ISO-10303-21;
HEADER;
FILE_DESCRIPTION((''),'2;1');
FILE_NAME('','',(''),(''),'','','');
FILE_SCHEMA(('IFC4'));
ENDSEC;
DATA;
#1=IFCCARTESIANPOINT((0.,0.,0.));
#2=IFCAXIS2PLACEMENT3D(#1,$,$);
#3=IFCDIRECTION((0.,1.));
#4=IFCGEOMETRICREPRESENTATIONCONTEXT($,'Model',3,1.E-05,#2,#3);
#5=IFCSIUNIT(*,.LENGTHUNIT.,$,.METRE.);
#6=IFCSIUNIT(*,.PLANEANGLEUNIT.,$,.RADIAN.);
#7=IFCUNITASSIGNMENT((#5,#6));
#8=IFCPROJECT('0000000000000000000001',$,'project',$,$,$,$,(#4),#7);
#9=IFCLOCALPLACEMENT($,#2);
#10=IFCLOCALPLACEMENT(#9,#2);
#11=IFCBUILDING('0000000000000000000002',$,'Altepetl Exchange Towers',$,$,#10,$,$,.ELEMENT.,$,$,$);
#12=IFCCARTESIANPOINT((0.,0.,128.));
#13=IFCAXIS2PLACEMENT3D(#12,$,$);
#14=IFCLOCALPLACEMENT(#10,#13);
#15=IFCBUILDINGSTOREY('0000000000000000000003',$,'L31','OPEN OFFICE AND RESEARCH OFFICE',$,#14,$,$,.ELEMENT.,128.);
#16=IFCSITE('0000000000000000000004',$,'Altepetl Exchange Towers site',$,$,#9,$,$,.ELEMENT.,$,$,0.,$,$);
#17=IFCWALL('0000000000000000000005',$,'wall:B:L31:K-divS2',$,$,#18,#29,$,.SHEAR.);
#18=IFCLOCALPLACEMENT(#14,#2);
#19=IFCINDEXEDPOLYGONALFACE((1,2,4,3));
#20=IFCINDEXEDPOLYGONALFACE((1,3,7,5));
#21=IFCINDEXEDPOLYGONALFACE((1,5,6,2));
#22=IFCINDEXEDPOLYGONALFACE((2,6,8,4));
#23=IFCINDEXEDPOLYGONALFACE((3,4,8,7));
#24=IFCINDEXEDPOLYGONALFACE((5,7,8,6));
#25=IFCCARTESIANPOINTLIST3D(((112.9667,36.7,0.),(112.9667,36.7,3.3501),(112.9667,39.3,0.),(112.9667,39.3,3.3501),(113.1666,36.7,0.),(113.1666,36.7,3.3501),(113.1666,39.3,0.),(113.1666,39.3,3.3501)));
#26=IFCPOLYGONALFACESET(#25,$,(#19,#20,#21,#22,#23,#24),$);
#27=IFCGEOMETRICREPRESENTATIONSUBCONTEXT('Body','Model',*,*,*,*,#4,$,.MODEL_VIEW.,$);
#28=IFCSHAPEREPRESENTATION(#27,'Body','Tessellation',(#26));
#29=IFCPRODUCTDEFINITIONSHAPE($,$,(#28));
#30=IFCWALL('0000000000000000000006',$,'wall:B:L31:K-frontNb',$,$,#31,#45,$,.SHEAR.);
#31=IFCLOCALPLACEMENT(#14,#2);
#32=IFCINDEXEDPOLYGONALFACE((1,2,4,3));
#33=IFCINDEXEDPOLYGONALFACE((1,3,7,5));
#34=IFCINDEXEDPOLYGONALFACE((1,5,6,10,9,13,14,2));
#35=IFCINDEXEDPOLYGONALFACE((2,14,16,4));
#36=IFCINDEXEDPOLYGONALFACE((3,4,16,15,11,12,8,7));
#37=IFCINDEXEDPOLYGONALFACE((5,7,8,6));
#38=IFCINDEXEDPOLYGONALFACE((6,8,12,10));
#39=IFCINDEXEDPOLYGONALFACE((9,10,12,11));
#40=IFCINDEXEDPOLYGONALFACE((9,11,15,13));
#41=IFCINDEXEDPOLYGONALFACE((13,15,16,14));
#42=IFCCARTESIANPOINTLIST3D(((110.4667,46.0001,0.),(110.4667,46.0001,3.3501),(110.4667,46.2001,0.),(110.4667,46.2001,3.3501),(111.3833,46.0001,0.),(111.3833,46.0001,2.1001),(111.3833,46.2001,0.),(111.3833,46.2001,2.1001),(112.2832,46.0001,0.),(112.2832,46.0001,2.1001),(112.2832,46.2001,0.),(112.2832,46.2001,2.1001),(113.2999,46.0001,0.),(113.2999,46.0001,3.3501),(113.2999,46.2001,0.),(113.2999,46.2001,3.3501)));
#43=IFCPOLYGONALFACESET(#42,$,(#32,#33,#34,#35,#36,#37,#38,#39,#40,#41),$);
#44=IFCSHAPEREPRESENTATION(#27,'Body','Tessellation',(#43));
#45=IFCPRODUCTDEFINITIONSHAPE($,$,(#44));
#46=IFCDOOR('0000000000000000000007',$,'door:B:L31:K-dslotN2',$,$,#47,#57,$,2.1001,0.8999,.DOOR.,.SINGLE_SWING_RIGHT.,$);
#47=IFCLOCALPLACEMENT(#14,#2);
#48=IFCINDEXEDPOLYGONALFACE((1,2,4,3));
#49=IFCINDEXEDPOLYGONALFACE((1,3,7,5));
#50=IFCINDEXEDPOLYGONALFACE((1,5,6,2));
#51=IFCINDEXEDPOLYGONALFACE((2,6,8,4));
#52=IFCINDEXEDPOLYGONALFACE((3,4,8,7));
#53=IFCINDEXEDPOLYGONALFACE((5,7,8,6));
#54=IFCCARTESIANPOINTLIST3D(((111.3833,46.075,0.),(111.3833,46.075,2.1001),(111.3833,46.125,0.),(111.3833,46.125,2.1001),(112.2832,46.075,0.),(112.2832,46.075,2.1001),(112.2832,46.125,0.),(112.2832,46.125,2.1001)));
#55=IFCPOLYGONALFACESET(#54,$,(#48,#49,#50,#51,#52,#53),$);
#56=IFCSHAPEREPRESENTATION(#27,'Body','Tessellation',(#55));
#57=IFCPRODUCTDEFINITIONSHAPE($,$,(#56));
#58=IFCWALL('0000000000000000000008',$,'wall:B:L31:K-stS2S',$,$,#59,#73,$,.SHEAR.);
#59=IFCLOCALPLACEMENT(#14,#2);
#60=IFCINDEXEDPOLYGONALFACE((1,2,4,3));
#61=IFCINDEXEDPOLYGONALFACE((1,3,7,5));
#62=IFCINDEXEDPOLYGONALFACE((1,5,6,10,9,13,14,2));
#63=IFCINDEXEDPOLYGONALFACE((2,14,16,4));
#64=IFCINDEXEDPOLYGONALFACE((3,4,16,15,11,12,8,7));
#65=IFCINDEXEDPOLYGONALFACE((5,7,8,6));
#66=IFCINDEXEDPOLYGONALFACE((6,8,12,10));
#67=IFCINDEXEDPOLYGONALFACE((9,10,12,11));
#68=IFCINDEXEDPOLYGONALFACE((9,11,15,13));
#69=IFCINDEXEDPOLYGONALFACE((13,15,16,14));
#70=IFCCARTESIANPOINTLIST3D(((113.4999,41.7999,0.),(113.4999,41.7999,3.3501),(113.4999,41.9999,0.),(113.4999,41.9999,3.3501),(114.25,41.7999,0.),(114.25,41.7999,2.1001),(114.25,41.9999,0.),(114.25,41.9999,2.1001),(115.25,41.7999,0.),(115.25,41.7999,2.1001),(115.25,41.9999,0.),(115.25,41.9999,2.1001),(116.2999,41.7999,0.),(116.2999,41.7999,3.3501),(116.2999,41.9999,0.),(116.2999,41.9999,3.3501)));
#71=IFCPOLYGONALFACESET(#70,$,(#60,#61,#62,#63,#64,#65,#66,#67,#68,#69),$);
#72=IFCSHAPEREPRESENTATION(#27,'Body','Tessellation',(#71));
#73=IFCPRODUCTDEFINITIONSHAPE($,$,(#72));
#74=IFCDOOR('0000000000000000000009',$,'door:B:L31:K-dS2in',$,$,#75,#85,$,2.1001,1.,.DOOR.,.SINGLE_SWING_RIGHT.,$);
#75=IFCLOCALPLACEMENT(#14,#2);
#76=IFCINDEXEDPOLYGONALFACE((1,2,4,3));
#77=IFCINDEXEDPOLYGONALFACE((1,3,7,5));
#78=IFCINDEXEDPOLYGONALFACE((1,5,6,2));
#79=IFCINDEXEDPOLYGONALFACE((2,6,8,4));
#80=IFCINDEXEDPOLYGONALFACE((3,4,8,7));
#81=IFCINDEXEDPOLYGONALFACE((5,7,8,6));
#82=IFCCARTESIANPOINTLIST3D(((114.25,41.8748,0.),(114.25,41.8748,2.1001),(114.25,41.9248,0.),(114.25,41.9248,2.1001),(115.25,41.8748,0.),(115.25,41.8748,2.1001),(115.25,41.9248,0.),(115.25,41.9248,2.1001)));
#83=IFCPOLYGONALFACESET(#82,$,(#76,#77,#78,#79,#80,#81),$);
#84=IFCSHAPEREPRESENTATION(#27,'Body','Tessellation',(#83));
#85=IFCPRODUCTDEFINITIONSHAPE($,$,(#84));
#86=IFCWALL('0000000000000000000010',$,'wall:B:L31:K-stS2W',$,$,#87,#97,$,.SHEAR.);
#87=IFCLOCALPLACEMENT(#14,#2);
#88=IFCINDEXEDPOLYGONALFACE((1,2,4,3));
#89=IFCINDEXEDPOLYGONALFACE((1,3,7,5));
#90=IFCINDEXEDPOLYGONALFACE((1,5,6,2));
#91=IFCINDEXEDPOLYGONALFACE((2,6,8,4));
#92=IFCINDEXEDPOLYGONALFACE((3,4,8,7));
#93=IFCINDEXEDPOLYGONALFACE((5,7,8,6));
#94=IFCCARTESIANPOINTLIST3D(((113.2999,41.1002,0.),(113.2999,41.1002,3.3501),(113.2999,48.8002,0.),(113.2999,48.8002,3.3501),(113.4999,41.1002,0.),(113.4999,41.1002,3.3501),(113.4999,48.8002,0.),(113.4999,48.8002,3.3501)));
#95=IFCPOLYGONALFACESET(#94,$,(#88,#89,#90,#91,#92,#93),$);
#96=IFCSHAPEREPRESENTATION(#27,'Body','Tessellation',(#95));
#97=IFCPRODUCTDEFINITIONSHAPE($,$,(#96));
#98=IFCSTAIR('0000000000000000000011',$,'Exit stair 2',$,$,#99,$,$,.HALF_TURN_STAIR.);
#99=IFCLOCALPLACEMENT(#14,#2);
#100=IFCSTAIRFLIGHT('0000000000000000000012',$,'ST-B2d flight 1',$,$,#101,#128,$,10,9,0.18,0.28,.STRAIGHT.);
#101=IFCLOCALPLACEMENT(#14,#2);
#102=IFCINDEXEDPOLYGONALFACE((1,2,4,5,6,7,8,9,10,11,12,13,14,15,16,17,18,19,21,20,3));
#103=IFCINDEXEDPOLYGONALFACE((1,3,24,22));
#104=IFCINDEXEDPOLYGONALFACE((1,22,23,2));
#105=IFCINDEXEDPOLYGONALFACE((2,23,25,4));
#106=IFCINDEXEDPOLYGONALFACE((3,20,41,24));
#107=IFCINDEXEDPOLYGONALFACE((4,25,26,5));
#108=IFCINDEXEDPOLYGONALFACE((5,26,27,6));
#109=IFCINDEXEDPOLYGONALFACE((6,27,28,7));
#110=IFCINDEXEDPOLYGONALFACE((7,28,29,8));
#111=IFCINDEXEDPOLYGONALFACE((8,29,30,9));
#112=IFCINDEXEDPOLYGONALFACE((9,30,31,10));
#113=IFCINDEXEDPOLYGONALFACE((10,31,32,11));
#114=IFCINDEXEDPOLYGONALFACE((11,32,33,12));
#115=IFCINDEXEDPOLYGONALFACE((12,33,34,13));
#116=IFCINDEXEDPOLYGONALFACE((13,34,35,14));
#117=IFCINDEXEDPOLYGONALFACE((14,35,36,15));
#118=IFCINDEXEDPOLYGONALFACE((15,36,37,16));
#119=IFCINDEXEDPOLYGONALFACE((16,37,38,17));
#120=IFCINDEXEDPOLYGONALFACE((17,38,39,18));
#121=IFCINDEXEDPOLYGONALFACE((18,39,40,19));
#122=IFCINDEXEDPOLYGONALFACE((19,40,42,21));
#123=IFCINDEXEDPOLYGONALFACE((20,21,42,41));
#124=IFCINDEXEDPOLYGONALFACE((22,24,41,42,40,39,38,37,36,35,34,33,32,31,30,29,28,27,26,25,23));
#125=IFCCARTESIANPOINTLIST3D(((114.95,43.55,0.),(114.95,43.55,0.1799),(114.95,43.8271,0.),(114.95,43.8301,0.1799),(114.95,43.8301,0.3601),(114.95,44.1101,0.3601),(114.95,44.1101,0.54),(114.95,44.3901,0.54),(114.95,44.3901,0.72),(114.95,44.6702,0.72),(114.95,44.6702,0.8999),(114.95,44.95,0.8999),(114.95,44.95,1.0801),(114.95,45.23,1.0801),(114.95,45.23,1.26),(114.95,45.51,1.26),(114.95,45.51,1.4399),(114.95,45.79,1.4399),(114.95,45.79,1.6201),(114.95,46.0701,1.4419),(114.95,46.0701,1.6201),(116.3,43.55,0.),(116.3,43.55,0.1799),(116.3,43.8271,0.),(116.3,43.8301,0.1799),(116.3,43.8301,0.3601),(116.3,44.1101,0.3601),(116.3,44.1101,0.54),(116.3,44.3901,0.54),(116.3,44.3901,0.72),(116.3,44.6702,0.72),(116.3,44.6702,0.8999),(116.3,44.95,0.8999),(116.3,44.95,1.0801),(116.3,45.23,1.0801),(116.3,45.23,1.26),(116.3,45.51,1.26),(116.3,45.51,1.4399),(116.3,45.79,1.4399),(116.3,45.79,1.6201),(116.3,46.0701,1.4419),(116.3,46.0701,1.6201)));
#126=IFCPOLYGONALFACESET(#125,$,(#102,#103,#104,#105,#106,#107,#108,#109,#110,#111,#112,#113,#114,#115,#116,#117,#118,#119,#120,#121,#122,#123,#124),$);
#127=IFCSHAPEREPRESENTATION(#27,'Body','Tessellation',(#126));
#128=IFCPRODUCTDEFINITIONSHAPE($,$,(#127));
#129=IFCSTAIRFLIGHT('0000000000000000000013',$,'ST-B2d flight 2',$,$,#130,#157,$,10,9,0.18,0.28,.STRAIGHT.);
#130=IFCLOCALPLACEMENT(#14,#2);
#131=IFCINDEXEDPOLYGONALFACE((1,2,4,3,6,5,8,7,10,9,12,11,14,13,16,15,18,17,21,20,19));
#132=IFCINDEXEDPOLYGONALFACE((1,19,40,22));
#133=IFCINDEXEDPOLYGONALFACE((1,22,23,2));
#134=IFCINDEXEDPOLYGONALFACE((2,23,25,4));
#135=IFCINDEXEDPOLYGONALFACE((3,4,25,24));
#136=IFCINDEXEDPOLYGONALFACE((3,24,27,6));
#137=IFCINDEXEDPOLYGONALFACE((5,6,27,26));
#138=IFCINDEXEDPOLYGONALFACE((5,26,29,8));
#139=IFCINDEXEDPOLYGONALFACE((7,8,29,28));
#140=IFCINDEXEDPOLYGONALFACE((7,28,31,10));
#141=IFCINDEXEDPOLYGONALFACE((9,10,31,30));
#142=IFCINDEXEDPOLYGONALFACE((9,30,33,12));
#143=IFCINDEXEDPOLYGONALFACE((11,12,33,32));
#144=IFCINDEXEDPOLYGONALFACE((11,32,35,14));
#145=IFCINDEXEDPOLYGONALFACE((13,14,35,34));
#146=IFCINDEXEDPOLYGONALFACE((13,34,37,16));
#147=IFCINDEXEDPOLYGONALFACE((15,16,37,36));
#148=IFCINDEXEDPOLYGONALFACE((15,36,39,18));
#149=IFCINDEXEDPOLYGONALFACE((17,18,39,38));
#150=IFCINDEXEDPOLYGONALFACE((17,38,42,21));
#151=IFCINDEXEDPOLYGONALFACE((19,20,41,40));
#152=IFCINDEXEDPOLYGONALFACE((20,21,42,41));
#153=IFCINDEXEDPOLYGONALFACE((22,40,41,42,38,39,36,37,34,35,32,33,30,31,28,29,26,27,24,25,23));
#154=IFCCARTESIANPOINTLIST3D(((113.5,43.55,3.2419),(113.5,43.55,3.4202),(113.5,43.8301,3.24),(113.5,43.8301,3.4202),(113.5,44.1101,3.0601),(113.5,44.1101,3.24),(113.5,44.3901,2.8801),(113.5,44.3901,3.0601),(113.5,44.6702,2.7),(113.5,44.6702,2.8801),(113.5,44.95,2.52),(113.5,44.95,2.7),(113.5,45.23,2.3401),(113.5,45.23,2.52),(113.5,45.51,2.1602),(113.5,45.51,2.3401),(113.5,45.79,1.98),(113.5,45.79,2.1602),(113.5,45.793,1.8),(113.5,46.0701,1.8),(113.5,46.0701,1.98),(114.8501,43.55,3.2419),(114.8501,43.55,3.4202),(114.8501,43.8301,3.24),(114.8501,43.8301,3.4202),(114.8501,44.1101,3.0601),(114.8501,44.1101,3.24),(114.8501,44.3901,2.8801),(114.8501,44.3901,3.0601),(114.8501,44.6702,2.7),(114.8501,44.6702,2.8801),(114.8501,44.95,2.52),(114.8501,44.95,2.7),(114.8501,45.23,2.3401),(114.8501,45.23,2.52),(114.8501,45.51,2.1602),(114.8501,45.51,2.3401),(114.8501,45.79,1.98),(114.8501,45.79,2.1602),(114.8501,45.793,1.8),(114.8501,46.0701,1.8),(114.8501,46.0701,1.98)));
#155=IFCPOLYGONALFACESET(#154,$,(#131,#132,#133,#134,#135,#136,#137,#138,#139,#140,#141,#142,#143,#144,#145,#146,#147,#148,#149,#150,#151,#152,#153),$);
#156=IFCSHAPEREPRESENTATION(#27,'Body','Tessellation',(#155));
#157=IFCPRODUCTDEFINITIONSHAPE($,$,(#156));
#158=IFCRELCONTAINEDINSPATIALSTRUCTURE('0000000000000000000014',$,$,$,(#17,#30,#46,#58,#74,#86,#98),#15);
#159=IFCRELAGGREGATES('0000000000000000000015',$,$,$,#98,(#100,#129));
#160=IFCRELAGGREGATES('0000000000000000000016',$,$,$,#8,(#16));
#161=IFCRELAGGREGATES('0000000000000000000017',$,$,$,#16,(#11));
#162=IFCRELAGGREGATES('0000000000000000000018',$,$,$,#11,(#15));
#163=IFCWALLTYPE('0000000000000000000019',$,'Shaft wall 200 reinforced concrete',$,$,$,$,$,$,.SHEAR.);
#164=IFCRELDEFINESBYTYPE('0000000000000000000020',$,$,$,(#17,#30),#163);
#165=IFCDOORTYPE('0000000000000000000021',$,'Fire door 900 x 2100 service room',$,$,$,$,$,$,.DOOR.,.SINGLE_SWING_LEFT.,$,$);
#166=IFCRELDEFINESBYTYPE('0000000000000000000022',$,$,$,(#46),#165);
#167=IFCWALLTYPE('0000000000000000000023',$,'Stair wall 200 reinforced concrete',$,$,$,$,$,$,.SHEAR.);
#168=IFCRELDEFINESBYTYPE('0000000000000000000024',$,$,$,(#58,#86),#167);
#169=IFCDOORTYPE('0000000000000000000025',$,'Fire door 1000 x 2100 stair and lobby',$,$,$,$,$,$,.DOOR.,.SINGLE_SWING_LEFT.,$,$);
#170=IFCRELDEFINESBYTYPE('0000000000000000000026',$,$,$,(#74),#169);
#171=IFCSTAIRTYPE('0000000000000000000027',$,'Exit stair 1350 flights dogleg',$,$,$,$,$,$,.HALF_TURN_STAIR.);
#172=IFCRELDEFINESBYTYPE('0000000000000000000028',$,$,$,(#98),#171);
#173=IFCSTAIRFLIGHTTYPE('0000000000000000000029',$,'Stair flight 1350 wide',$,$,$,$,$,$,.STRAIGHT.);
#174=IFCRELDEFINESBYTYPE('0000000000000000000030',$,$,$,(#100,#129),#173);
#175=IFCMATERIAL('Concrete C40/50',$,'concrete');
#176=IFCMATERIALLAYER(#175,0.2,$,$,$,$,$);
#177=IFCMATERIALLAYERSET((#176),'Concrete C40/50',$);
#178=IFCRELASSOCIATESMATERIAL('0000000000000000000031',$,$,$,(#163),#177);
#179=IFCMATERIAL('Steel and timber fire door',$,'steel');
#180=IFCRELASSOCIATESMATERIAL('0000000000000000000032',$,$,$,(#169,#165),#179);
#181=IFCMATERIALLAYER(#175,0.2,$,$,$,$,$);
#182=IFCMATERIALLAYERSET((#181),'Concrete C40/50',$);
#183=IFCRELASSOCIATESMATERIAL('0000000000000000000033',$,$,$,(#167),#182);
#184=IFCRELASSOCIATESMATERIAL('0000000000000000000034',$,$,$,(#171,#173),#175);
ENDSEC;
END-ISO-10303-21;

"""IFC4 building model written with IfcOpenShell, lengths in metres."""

from ifc_helpers import new_model, si_unit, direction, frame, frame_2d, origin, place, context, subcontext, project, spatial, polyline, rectangle, outline, extrude, material, layer, layer_set, type_object, element, fill, aggregate, save


model = new_model("IFC4")

# Units and contexts
model_context = context("Model", 3, precision=1e-05, world=origin(), true_north=direction((0.0, 1.0)))
body_context = subcontext(model_context, "Body", "Model", "MODEL_VIEW")
ifc_project = project(units=[si_unit("LENGTHUNIT", "METRE"), si_unit("PLANEANGLEUNIT", "RADIAN")], contexts=[model_context])

# Site, building, storey
site_placement = place(None, origin())
site = spatial("IfcSite", under=ifc_project, at=site_placement, Name="Altepetl Exchange Towers site", CompositionType="ELEMENT", RefElevation=0.0)
building_placement = place(site_placement, origin())
building = spatial("IfcBuilding", under=site, at=building_placement, Name="Altepetl Exchange Towers", CompositionType="ELEMENT")
storey_placement = place(building_placement, frame((0.0, 0.0, 128.0)))
storey = spatial("IfcBuildingStorey", under=building, at=storey_placement, Name="L31", Description="OPEN OFFICE AND RESEARCH OFFICE", CompositionType="ELEMENT", Elevation=128.0)

# Shared definitions
ifc_material_1 = material(Name="Concrete C40/50", Category="concrete")
ifc_layer_1 = layer(ifc_material_1, 0.2)
ifc_layer_set_1 = layer_set([ifc_layer_1], Name="Concrete C40/50")
wall_type_1 = type_object("IfcWallType", Name="Shaft wall 200 reinforced concrete", PredefinedType="SHEAR", material=ifc_layer_set_1)
ifc_material_2 = material(Name="Steel and timber fire door", Category="steel")
door_type_1 = type_object("IfcDoorType", Name="Fire door 1000 x 2100 stair and lobby", OperationType="SINGLE_SWING_LEFT", PredefinedType="DOOR", material=ifc_material_2)

# Wall
wall_1_placement = place(storey_placement, frame((113.0667, 36.7, 0.0), z_axis=(0.0, 0.0, 1.0), x_axis=(0.0, 1.0, 0.0)))
element("IfcWall", 1, at=wall_1_placement, inside=storey, type_object=wall_type_1, Name="wall:B:L31:K-divS2", PredefinedType="SHEAR", context=body_context, shape_type="SweptSolid", body=[
    extrude(rectangle(XDim=2.6001, YDim=0.2, at=frame_2d((1.3, 0.0))), origin(), (0.0, 0.0, 1.0), 3.3501),
])

# Walls, openings, doors
wall_2_placement = place(storey_placement, frame((110.4668, 46.1001, 0.0)))
wall_2 = element("IfcWall", 2, at=wall_2_placement, inside=storey, type_object=wall_type_1, Name="wall:B:L31:K-frontNb", PredefinedType="SHEAR", context=body_context, shape_type="SweptSolid", body=[
    extrude(rectangle(XDim=2.8333, YDim=0.2, at=frame_2d((1.4165, 0.0))), origin(), (0.0, 0.0, 1.0), 3.3501),
])
opening_1_placement = place(wall_2_placement, frame((0.9165, 0.0, 0.0)))
opening_1 = element("IfcOpeningElement", 3, at=opening_1_placement, cuts=wall_2, PredefinedType="OPENING", context=body_context, shape_type="SweptSolid", body=[
    extrude(rectangle(XDim=0.8999, YDim=2.1001, at=frame_2d((0.45, 1.05))), frame((0.0, 0.1099, 0.0), z_axis=(0.0, -1.0, 0.0), x_axis=(1.0, 0.0, 0.0)), (0.0, 0.0, 1.0), 0.22),
])
door_type_2 = type_object("IfcDoorType", Name="Fire door 900 x 2100 service room", OperationType="SINGLE_SWING_LEFT", PredefinedType="DOOR", material=ifc_material_2)
door_1_placement = place(opening_1_placement, origin())
door_1 = element("IfcDoor", 4, at=door_1_placement, inside=storey, type_object=door_type_2, Name="door:B:L31:K-dslotN2", OperationType="SINGLE_SWING_RIGHT", OverallHeight=2.1001, OverallWidth=0.8999, PredefinedType="DOOR", context=body_context, shape_type="SweptSolid", body=[
    extrude(rectangle(XDim=0.8999, YDim=2.1001, at=frame_2d((0.45, 1.05))), frame((0.0, 0.0249, 0.0), z_axis=(0.0, -1.0, 0.0), x_axis=(1.0, 0.0, 0.0)), (0.0, 0.0, 1.0), 0.05),
])
fill(opening_1, door_1)
ifc_layer_2 = layer(ifc_material_1, 0.2)
ifc_layer_set_2 = layer_set([ifc_layer_2], Name="Concrete C40/50")
wall_type_2 = type_object("IfcWallType", Name="Stair wall 200 reinforced concrete", PredefinedType="SHEAR", material=ifc_layer_set_2)
wall_3_placement = place(storey_placement, frame((113.5, 41.8999, 0.0)))
wall_3 = element("IfcWall", 5, at=wall_3_placement, inside=storey, type_object=wall_type_2, Name="wall:B:L31:K-stS2S", PredefinedType="SHEAR", context=body_context, shape_type="SweptSolid", body=[
    extrude(rectangle(XDim=2.8, YDim=0.2, at=frame_2d((1.3999, 0.0))), origin(), (0.0, 0.0, 1.0), 3.3501),
])
opening_2_placement = place(wall_3_placement, frame((0.75, 0.0, 0.0)))
opening_2 = element("IfcOpeningElement", 6, at=opening_2_placement, cuts=wall_3, PredefinedType="OPENING", context=body_context, shape_type="SweptSolid", body=[
    extrude(rectangle(XDim=1.0, YDim=2.1001, at=frame_2d((0.5, 1.05))), frame((0.0, 0.1099, 0.0), z_axis=(0.0, -1.0, 0.0), x_axis=(1.0, 0.0, 0.0)), (0.0, 0.0, 1.0), 0.22),
])
door_2_placement = place(opening_2_placement, origin())
door_2 = element("IfcDoor", 7, at=door_2_placement, inside=storey, type_object=door_type_1, Name="door:B:L31:K-dS2in", OperationType="SINGLE_SWING_RIGHT", OverallHeight=2.1001, OverallWidth=1.0, PredefinedType="DOOR", context=body_context, shape_type="SweptSolid", body=[
    extrude(rectangle(XDim=1.0, YDim=2.1001, at=frame_2d((0.5, 1.05))), frame((0.0, 0.0249, 0.0), z_axis=(0.0, -1.0, 0.0), x_axis=(1.0, 0.0, 0.0)), (0.0, 0.0, 1.0), 0.05),
])
fill(opening_2, door_2)

# Wall
wall_4_placement = place(storey_placement, frame((113.3999, 41.1001, 0.0), z_axis=(0.0, 0.0, 1.0), x_axis=(0.0, 1.0, 0.0)))
element("IfcWall", 8, at=wall_4_placement, inside=storey, type_object=wall_type_2, Name="wall:B:L31:K-stS2W", PredefinedType="SHEAR", context=body_context, shape_type="SweptSolid", body=[
    extrude(rectangle(XDim=7.7, YDim=0.2, at=frame_2d((3.8501, 0.0))), origin(), (0.0, 0.0, 1.0), 3.3501),
])

# Stair, stair flights
stair_type = type_object("IfcStairType", Name="Exit stair 1350 flights dogleg", PredefinedType="HALF_TURN_STAIR", material=ifc_material_1)
stair_placement = place(storey_placement, origin())
stair = element("IfcStair", 9, at=stair_placement, inside=storey, type_object=stair_type, Name="Exit stair 2", PredefinedType="HALF_TURN_STAIR")
stair_flight_type = type_object("IfcStairFlightType", Name="Stair flight 1350 wide", PredefinedType="STRAIGHT", material=ifc_material_1)
stair_flight_1_placement = place(storey_placement, frame((115.625, 43.55, 0.0), z_axis=(0.0, 0.0, 1.0), x_axis=(0.0, 1.0, 0.0)))
stair_flight_1 = element("IfcStairFlight", 10, at=stair_flight_1_placement, type_object=stair_flight_type, Name="ST-B2d flight 1", NumberOfRisers=10, NumberOfTreads=9, PredefinedType="STRAIGHT", RiserHeight=0.18, TreadLength=0.28, context=body_context, shape_type="SweptSolid", body=[
    extrude(outline(polyline([(0.0, 0.0), (0.0, 0.1799), (0.28, 0.1799), (0.28, 0.3601), (0.5601, 0.3601), (0.5601, 0.54), (0.8401, 0.54), (0.8401, 0.72), (1.1201, 0.72), (1.1201, 0.8999), (1.3999, 0.8999), (1.3999, 1.0801), (1.6799, 1.0801), (1.6799, 1.26), (1.96, 1.26), (1.96, 1.4399), (2.24, 1.4399), (2.24, 1.6201), (2.52, 1.6201), (2.52, 1.8), (2.52, 1.4419), (0.2771, 0.0), (0.0, 0.0)])), frame((0.0, 0.675, 0.0), z_axis=(0.0, -1.0, 0.0), x_axis=(1.0, 0.0, 0.0)), (0.0, 0.0, 1.0), 1.3501),
])
stair_flight_2_placement = place(storey_placement, frame((114.175, 46.0701, 1.8), z_axis=(0.0, 0.0, 1.0), x_axis=(0.0, -1.0, 0.0)))
stair_flight_2 = element("IfcStairFlight", 11, at=stair_flight_2_placement, type_object=stair_flight_type, Name="ST-B2d flight 2", NumberOfRisers=10, NumberOfTreads=9, PredefinedType="STRAIGHT", RiserHeight=0.18, TreadLength=0.28, context=body_context, shape_type="SweptSolid", body=[
    extrude(outline(polyline([(0.0, 0.0), (0.0, 0.1799), (0.28, 0.1799), (0.28, 0.3601), (0.5601, 0.3601), (0.5601, 0.54), (0.8401, 0.54), (0.8401, 0.72), (1.1201, 0.72), (1.1201, 0.8999), (1.3999, 0.8999), (1.3999, 1.0801), (1.6799, 1.0801), (1.6799, 1.26), (1.96, 1.26), (1.96, 1.4399), (2.24, 1.4399), (2.24, 1.6201), (2.52, 1.6201), (2.52, 1.8), (2.52, 1.4419), (0.2771, 0.0), (0.0, 0.0)])), frame((0.0, 0.675, 0.0), z_axis=(0.0, -1.0, 0.0), x_axis=(1.0, 0.0, 0.0)), (0.0, 0.0, 1.0), 1.3501),
])
aggregate(stair, [stair_flight_1, stair_flight_2])

save(model, "model.ifc")
